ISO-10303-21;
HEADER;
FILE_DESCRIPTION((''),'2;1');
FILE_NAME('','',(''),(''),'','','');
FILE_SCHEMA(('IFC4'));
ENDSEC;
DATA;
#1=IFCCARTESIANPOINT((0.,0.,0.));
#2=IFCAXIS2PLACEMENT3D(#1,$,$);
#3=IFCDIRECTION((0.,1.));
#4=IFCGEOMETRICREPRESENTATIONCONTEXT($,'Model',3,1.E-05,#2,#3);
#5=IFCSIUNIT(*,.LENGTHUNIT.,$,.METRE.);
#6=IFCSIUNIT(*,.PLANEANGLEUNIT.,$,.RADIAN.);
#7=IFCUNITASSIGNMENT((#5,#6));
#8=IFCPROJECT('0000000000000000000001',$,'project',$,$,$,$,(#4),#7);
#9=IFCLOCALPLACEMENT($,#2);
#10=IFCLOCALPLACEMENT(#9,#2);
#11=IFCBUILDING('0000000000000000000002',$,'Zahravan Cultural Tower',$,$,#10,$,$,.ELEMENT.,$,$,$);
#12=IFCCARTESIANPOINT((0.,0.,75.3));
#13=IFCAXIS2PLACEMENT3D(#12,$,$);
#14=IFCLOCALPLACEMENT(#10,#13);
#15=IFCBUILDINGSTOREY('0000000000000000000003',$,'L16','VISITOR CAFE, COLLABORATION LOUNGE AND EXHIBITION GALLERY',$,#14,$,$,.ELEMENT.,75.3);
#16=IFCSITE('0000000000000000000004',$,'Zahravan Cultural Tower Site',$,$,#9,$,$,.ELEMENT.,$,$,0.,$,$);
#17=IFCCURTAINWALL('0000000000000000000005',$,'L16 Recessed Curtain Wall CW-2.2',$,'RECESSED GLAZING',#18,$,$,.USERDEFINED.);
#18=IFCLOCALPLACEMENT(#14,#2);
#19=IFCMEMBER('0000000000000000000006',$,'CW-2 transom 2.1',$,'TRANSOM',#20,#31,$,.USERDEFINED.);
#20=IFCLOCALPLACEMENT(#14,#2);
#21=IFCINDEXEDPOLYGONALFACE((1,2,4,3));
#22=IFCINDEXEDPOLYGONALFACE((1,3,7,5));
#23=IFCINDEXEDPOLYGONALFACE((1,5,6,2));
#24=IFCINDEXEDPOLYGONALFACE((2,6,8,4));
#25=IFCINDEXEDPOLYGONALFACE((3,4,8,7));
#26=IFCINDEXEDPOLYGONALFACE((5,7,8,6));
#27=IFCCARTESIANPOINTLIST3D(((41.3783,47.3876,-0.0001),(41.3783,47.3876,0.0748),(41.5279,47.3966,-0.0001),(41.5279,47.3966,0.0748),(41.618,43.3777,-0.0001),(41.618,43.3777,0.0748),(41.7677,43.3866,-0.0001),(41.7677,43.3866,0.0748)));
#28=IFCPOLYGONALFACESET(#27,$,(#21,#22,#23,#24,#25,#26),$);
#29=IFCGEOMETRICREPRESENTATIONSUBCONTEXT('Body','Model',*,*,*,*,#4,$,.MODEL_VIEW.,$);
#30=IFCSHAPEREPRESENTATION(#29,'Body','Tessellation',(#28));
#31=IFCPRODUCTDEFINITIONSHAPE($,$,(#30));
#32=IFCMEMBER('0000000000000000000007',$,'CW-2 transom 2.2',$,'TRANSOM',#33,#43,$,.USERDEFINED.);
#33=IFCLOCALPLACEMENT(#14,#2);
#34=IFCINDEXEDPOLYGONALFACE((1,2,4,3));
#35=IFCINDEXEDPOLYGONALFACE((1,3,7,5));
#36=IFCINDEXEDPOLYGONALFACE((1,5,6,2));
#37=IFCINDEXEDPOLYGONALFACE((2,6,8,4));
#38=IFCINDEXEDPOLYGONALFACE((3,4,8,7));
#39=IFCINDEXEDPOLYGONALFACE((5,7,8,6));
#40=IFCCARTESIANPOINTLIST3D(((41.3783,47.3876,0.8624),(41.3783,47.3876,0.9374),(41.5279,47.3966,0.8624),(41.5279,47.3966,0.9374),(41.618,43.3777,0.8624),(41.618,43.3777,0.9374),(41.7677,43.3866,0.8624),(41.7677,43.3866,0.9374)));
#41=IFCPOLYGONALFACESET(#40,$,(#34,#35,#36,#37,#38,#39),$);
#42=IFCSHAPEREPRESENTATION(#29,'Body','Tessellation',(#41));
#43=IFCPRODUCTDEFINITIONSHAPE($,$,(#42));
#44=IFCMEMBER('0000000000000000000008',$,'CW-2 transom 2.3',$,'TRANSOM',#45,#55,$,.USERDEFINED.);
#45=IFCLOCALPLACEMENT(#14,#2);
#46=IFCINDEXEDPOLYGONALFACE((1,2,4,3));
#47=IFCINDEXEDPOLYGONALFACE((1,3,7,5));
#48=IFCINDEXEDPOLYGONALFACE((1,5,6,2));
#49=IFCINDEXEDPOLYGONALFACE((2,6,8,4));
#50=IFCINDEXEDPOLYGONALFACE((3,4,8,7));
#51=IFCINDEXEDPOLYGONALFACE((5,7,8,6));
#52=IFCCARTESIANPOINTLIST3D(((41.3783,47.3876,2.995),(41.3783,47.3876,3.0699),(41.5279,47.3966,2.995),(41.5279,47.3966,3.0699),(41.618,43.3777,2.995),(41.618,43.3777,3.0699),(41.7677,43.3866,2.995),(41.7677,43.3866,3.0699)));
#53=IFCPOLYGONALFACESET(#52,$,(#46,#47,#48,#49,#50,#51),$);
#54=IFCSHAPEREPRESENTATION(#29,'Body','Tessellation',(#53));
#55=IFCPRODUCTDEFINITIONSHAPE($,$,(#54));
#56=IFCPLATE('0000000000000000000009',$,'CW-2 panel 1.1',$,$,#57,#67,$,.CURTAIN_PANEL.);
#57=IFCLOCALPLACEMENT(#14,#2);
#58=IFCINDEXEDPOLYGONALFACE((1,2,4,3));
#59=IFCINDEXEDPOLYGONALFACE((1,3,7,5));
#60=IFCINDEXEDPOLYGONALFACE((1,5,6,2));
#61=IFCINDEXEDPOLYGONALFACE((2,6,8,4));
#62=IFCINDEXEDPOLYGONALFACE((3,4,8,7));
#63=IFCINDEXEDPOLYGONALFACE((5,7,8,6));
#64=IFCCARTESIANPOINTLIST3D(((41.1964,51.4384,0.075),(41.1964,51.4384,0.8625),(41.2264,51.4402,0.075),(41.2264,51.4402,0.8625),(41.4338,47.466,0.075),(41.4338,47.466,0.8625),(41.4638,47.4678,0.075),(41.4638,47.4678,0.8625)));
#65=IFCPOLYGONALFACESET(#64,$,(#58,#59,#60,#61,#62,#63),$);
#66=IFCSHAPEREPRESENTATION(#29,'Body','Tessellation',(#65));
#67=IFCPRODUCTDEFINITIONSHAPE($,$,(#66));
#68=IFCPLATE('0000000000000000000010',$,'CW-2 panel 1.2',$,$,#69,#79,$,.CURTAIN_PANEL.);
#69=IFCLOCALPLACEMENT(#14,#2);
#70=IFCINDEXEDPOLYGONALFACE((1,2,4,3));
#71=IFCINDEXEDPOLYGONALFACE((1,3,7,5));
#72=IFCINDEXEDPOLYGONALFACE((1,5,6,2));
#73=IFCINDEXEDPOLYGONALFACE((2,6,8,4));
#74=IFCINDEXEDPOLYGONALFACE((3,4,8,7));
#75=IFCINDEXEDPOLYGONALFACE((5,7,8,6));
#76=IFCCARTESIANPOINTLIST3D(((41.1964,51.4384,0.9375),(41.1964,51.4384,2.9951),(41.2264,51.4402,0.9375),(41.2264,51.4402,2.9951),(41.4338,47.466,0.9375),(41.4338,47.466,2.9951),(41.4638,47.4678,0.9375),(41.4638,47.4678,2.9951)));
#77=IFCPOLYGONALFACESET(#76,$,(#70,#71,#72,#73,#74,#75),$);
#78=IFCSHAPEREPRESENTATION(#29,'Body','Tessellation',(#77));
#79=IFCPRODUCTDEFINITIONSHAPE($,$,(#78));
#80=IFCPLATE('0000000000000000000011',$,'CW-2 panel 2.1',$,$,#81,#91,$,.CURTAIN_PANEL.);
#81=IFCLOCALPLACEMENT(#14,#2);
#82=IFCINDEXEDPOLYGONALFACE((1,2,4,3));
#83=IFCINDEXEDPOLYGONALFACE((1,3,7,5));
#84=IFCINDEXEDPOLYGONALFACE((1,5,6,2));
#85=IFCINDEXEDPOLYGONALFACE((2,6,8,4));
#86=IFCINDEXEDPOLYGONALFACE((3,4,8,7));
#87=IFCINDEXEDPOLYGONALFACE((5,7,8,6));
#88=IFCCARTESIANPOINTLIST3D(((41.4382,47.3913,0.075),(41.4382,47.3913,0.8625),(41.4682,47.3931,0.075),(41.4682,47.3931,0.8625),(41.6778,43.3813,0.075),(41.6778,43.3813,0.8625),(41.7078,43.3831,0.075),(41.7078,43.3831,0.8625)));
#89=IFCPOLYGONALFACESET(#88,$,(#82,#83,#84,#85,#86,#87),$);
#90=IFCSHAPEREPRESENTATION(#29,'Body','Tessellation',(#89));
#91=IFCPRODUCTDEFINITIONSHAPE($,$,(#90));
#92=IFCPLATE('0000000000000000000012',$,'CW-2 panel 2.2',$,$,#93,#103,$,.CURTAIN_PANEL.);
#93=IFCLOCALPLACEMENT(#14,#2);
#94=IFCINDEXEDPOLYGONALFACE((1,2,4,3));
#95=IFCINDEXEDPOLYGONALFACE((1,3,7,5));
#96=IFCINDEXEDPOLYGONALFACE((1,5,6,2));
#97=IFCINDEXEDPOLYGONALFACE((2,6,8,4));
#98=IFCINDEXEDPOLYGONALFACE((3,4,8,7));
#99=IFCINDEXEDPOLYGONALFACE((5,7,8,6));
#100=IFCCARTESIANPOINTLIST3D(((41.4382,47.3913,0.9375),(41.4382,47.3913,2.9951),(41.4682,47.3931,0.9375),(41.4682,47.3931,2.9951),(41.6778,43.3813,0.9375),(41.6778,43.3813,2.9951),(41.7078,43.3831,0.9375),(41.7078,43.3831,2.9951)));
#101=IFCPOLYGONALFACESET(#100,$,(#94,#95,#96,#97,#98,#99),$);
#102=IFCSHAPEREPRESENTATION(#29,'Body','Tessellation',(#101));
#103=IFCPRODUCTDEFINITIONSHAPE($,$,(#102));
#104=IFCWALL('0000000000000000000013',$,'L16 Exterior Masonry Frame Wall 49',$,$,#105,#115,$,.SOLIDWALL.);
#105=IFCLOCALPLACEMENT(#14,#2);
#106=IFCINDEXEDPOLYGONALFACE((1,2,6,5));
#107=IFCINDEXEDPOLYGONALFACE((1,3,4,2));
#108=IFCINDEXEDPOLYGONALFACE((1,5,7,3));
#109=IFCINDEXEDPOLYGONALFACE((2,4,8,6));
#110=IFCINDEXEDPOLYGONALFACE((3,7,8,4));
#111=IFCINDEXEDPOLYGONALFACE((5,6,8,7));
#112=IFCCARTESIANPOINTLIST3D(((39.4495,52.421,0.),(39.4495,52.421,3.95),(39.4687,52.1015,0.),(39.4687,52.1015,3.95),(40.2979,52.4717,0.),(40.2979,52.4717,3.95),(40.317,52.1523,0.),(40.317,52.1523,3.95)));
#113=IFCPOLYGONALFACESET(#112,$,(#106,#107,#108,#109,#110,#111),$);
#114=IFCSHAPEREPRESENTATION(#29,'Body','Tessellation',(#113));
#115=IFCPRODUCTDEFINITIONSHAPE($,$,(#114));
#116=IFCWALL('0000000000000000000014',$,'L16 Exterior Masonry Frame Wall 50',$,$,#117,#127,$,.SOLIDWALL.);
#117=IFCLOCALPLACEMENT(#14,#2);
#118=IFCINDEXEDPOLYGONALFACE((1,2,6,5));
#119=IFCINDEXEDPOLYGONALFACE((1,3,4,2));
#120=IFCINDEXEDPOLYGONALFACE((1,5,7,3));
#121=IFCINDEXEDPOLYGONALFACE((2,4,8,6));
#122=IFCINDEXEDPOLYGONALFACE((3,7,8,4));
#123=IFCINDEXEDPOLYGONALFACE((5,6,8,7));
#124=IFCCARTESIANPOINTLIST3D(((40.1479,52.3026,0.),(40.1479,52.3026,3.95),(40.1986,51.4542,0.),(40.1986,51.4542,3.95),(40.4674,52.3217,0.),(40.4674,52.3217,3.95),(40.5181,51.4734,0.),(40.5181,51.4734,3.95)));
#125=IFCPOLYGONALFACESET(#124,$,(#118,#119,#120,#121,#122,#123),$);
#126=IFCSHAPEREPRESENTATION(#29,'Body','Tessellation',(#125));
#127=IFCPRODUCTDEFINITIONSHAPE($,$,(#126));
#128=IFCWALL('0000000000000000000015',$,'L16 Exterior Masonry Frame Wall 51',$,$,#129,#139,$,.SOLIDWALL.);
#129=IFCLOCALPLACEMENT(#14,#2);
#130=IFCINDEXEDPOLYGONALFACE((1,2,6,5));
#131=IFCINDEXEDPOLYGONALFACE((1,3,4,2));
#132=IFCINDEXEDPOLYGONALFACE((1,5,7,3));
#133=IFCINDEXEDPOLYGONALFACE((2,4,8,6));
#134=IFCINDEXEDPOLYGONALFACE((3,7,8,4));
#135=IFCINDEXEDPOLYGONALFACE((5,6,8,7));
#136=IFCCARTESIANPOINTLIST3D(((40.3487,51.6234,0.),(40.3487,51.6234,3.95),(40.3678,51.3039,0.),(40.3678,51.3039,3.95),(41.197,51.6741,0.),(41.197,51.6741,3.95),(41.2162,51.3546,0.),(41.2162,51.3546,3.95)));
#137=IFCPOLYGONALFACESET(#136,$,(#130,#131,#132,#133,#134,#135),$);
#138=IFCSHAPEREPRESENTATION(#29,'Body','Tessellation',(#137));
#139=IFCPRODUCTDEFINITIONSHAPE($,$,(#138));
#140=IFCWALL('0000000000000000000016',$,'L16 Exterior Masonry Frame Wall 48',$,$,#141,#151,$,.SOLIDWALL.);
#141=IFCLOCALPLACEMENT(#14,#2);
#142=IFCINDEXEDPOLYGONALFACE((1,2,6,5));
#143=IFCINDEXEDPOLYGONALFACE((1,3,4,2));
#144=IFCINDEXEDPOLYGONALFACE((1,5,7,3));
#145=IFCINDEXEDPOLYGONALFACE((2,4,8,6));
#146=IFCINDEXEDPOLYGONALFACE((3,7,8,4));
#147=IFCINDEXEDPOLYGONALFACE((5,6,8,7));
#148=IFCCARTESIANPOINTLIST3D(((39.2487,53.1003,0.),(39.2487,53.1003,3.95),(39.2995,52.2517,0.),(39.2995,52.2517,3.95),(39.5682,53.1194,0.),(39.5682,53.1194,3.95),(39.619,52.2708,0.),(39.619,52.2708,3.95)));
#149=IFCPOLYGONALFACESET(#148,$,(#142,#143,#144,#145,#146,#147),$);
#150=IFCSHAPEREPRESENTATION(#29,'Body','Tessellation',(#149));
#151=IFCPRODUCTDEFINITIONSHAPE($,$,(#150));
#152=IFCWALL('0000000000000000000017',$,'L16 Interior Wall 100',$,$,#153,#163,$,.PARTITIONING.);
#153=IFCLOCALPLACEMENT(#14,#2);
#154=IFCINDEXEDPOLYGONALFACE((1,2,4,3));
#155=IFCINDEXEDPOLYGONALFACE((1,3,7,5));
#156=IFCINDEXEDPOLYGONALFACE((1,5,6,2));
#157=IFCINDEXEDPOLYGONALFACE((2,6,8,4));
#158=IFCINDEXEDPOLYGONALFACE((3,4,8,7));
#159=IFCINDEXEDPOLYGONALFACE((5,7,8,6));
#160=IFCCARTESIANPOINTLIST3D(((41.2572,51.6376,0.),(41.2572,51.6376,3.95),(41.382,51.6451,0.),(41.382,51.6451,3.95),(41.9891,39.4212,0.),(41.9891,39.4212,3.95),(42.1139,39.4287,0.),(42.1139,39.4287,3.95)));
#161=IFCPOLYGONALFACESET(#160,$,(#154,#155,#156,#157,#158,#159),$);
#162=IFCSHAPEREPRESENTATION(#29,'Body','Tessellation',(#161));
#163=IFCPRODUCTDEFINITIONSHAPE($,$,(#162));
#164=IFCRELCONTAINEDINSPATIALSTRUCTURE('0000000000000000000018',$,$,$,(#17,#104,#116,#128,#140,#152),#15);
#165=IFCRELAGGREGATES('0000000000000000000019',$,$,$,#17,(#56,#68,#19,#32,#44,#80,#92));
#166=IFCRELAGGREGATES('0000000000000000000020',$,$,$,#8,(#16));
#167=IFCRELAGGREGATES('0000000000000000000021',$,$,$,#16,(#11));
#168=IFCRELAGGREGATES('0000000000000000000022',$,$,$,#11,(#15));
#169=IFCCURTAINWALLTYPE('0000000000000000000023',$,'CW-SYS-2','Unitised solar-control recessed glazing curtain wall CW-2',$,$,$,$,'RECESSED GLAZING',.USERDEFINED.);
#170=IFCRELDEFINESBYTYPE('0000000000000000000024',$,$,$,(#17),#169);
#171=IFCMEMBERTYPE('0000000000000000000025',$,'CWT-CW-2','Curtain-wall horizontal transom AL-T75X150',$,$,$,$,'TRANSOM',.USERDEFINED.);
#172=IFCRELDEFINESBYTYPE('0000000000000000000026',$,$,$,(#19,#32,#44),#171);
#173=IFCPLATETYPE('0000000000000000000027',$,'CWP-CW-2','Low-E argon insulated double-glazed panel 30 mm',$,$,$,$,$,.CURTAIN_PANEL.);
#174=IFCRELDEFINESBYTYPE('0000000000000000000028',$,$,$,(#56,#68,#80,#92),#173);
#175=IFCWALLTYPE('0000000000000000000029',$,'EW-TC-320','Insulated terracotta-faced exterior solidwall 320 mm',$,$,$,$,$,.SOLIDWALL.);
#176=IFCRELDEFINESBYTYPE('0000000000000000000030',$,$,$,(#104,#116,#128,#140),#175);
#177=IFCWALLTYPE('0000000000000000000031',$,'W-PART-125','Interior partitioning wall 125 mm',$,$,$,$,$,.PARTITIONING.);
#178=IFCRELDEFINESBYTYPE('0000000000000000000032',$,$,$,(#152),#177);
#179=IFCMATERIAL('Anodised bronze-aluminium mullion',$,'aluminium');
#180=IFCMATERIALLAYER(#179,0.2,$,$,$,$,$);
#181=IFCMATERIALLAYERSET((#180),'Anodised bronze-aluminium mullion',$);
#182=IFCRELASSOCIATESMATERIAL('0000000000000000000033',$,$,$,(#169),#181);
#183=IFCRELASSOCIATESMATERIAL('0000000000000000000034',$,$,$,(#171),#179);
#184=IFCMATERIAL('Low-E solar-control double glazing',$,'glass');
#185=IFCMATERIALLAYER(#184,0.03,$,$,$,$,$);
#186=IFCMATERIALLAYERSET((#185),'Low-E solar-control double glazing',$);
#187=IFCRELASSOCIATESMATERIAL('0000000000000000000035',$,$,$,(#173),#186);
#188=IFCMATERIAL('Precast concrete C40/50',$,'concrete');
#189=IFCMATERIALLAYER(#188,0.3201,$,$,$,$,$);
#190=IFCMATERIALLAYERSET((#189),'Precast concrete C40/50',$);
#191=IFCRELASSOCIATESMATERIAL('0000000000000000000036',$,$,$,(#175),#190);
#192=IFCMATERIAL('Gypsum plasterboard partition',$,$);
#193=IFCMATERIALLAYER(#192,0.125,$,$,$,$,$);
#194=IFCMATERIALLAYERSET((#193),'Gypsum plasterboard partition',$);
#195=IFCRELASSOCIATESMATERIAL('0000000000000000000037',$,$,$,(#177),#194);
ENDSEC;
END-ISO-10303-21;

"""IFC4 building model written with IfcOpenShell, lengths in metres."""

from ifc_helpers import new_model, si_unit, direction, frame, frame_2d, origin, origin_2d, place, context, subcontext, project, spatial, rectangle, extrude, source, transform, mapped, material, layer, layer_set, material_profile, profile_set, type_object, element, aggregate, save


model = new_model("IFC4")

# Units and contexts
model_context = context("Model", 3, precision=1e-05, world=origin(), true_north=direction((0.0, 1.0)))
body_context = subcontext(model_context, "Body", "Model", "MODEL_VIEW")
ifc_project = project(units=[si_unit("LENGTHUNIT", "METRE"), si_unit("PLANEANGLEUNIT", "RADIAN")], contexts=[model_context])

# Site, building, storey
site_placement = place(None, origin())
site = spatial("IfcSite", under=ifc_project, at=site_placement, Name="Zahravan Cultural Tower Site", CompositionType="ELEMENT", RefElevation=0.0)
building_placement = place(site_placement, origin())
building = spatial("IfcBuilding", under=site, at=building_placement, Name="Zahravan Cultural Tower", CompositionType="ELEMENT")
storey_placement = place(building_placement, frame((0.0, 0.0, 75.3)))
storey = spatial("IfcBuildingStorey", under=building, at=storey_placement, Name="L16", Description="VISITOR CAFE, COLLABORATION LOUNGE AND EXHIBITION GALLERY", CompositionType="ELEMENT", Elevation=75.3)

# Curtain wall, members, plates
ifc_material_1 = material(Name="Anodised bronze-aluminium mullion", Category="aluminium")
ifc_layer_1 = layer(ifc_material_1, 0.2)
ifc_layer_set_1 = layer_set([ifc_layer_1], Name="Anodised bronze-aluminium mullion")
curtain_wall_type = type_object("IfcCurtainWallType", Name="CW-SYS-2", Description="Unitised solar-control recessed glazing curtain wall CW-2", ElementType="RECESSED GLAZING", PredefinedType="USERDEFINED", material=ifc_layer_set_1)
curtain_wall_placement = place(storey_placement, origin())
curtain_wall = element("IfcCurtainWall", 1, at=curtain_wall_placement, inside=storey, type_object=curtain_wall_type, Name="L16 Recessed Curtain Wall CW-2.2", ObjectType="RECESSED GLAZING", PredefinedType="USERDEFINED")
ifc_material_profile_1 = material_profile(ifc_material_1, rectangle(XDim=0.1499, YDim=0.075, at=origin_2d()), Name="AL-T75X150")
ifc_profile_set_1 = profile_set([ifc_material_profile_1], Name="Anodised bronze-aluminium mullion")
member_type_1 = type_object("IfcMemberType", Name="CWT-CW-2", Description="Curtain-wall horizontal transom AL-T75X150", ElementType="TRANSOM", PredefinedType="USERDEFINED", material=ifc_profile_set_1)
shared_shape_1 = source(origin(), body_context, "Body", "SweptSolid", [
    extrude(rectangle(XDim=0.1499, YDim=0.075, at=origin_2d()), origin(), (0.0, 0.0, 1.0), 4.0171),
])
member_1_placement = place(storey_placement, frame((41.4531, 47.3921, 0.0374), z_axis=(0.05968, -0.998218, 0.0), x_axis=(0.998218, 0.05968, 0.0)))
member_1 = element("IfcMember", 2, at=member_1_placement, type_object=member_type_1, Name="CW-2 transom 2.1", ObjectType="TRANSOM", PredefinedType="USERDEFINED", context=body_context, shape_type="MappedRepresentation", body=[
    mapped(shared_shape_1, transform((0.0, 0.0, 0.0), x_axis=(1.0, 0.0, 0.0), y_axis=(0.0, 1.0, 0.0), z_axis=(0.0, 0.0, 1.0), scale=1.0)),
])
member_2_placement = place(storey_placement, frame((41.4531, 47.3921, 0.8999), z_axis=(0.05968, -0.998218, 0.0), x_axis=(0.998218, 0.05968, 0.0)))
member_2 = element("IfcMember", 3, at=member_2_placement, type_object=member_type_1, Name="CW-2 transom 2.2", ObjectType="TRANSOM", PredefinedType="USERDEFINED", context=body_context, shape_type="MappedRepresentation", body=[
    mapped(shared_shape_1, transform((0.0, 0.0, 0.0), x_axis=(1.0, 0.0, 0.0), y_axis=(0.0, 1.0, 0.0), z_axis=(0.0, 0.0, 1.0), scale=1.0)),
])
member_3_placement = place(storey_placement, frame((41.4531, 47.3921, 3.0325), z_axis=(0.05968, -0.998218, 0.0), x_axis=(0.998218, 0.05968, 0.0)))
member_3 = element("IfcMember", 4, at=member_3_placement, type_object=member_type_1, Name="CW-2 transom 2.3", ObjectType="TRANSOM", PredefinedType="USERDEFINED", context=body_context, shape_type="MappedRepresentation", body=[
    mapped(shared_shape_1, transform((0.0, 0.0, 0.0), x_axis=(1.0, 0.0, 0.0), y_axis=(0.0, 1.0, 0.0), z_axis=(0.0, 0.0, 1.0), scale=1.0)),
])
ifc_material_2 = material(Name="Low-E solar-control double glazing", Category="glass")
ifc_layer_2 = layer(ifc_material_2, 0.03)
ifc_layer_set_2 = layer_set([ifc_layer_2], Name="Low-E solar-control double glazing")
plate_type = type_object("IfcPlateType", Name="CWP-CW-2", Description="Low-E argon insulated double-glazed panel 30 mm", PredefinedType="CURTAIN_PANEL", material=ifc_layer_set_2)
shared_shape_2 = source(origin(), body_context, "Body", "SweptSolid", [
    extrude(rectangle(XDim=3.9795, YDim=0.03, at=origin_2d()), origin(), (0.0, 0.0, 1.0), 0.7876),
])
plate_1_placement = place(storey_placement, frame((41.3301, 49.4531, 0.075), z_axis=(0.0, 0.0, 1.0), x_axis=(0.059652, -0.998219, 0.0)))
plate_1 = element("IfcPlate", 5, at=plate_1_placement, type_object=plate_type, Name="CW-2 panel 1.1", PredefinedType="CURTAIN_PANEL", context=body_context, shape_type="MappedRepresentation", body=[
    mapped(shared_shape_2, transform((0.0, 0.0, 0.0), x_axis=(1.0, 0.0, 0.0), y_axis=(0.0, 1.0, 0.0), z_axis=(0.0, 0.0, 1.0), scale=1.0)),
])
shared_shape_3 = source(origin(), body_context, "Body", "SweptSolid", [
    extrude(rectangle(XDim=3.9795, YDim=0.03, at=origin_2d()), origin(), (0.0, 0.0, 1.0), 2.0576),
])
plate_2_placement = place(storey_placement, frame((41.3301, 49.4531, 0.9375), z_axis=(0.0, 0.0, 1.0), x_axis=(0.059652, -0.998219, 0.0)))
plate_2 = element("IfcPlate", 6, at=plate_2_placement, type_object=plate_type, Name="CW-2 panel 1.2", PredefinedType="CURTAIN_PANEL", context=body_context, shape_type="MappedRepresentation", body=[
    mapped(shared_shape_3, transform((0.0, 0.0, 0.0), x_axis=(1.0, 0.0, 0.0), y_axis=(0.0, 1.0, 0.0), z_axis=(0.0, 0.0, 1.0), scale=1.0)),
])
shared_shape_4 = source(origin(), body_context, "Body", "SweptSolid", [
    extrude(rectangle(XDim=4.0171, YDim=0.03, at=origin_2d()), origin(), (0.0, 0.0, 1.0), 0.7876),
])
plate_3_placement = place(storey_placement, frame((41.573, 45.3872, 0.075), z_axis=(0.0, 0.0, 1.0), x_axis=(0.059652, -0.998219, 0.0)))
plate_3 = element("IfcPlate", 7, at=plate_3_placement, type_object=plate_type, Name="CW-2 panel 2.1", PredefinedType="CURTAIN_PANEL", context=body_context, shape_type="MappedRepresentation", body=[
    mapped(shared_shape_4, transform((0.0, 0.0, 0.0), x_axis=(1.0, 0.0, 0.0), y_axis=(0.0, 1.0, 0.0), z_axis=(0.0, 0.0, 1.0), scale=1.0)),
])
shared_shape_5 = source(origin(), body_context, "Body", "SweptSolid", [
    extrude(rectangle(XDim=4.0171, YDim=0.03, at=origin_2d()), origin(), (0.0, 0.0, 1.0), 2.0576),
])
plate_4_placement = place(storey_placement, frame((41.573, 45.3872, 0.9375), z_axis=(0.0, 0.0, 1.0), x_axis=(0.059652, -0.998219, 0.0)))
plate_4 = element("IfcPlate", 8, at=plate_4_placement, type_object=plate_type, Name="CW-2 panel 2.2", PredefinedType="CURTAIN_PANEL", context=body_context, shape_type="MappedRepresentation", body=[
    mapped(shared_shape_5, transform((0.0, 0.0, 0.0), x_axis=(1.0, 0.0, 0.0), y_axis=(0.0, 1.0, 0.0), z_axis=(0.0, 0.0, 1.0), scale=1.0)),
])
aggregate(curtain_wall, [plate_1, plate_2, member_1, member_2, member_3, plate_3, plate_4])

# Walls
ifc_material_3 = material(Name="Precast concrete C40/50", Category="concrete")
ifc_layer_3 = layer(ifc_material_3, 0.3201)
ifc_layer_set_3 = layer_set([ifc_layer_3], Name="Precast concrete C40/50")
wall_type_1 = type_object("IfcWallType", Name="EW-TC-320", Description="Insulated terracotta-faced exterior solidwall 320 mm", PredefinedType="SOLIDWALL", material=ifc_layer_set_3)
shared_shape_6 = source(origin(), body_context, "Body", "SweptSolid", [
    extrude(rectangle(XDim=0.8499, YDim=0.3201, at=frame_2d((0.4248, 0.0))), origin(), (0.0, 0.0, 1.0), 3.95),
])
for number, where, z_axis, x_axis, name in (
    (9, (39.4592, 52.2612, 0.0), (0.0, 0.0, 1.0), (0.998213, 0.059749, 0.0), "L16 Exterior Masonry Frame Wall 49"),
    (10, (40.3076, 52.312, 0.0), (0.0, 0.0, 1.0), (0.059749, -0.998213, 0.0), "L16 Exterior Masonry Frame Wall 50"),
    (11, (40.3584, 51.4636, 0.0), (0.0, 0.0, 1.0), (0.998213, 0.059749, 0.0), "L16 Exterior Masonry Frame Wall 51"),
):
    element("IfcWall", number, at=place(storey_placement, frame(where, z_axis=z_axis, x_axis=x_axis)), inside=storey, type_object=wall_type_1, Name=name, PredefinedType="SOLIDWALL", context=body_context, shape_type="MappedRepresentation", body=[
        mapped(shared_shape_6, transform((0.0, 0.0, 0.0), x_axis=(1.0, 0.0, 0.0), y_axis=(0.0, 1.0, 0.0), z_axis=(0.0, 0.0, 1.0), scale=1.0)),
    ])
shared_shape_7 = source(origin(), body_context, "Body", "SweptSolid", [
    extrude(rectangle(XDim=0.8501, YDim=0.3201, at=frame_2d((0.425, 0.0))), origin(), (0.0, 0.0, 1.0), 3.95),
])
wall_1_placement = place(storey_placement, frame((39.4084, 53.1099, 0.0), z_axis=(0.0, 0.0, 1.0), x_axis=(0.059732, -0.998214, 0.0)))
element("IfcWall", 12, at=wall_1_placement, inside=storey, type_object=wall_type_1, Name="L16 Exterior Masonry Frame Wall 48", PredefinedType="SOLIDWALL", context=body_context, shape_type="MappedRepresentation", body=[
    mapped(shared_shape_7, transform((0.0, 0.0, 0.0), x_axis=(1.0, 0.0, 0.0), y_axis=(0.0, 1.0, 0.0), z_axis=(0.0, 0.0, 1.0), scale=1.0)),
])
ifc_material_4 = material(Name="Gypsum plasterboard partition")
ifc_layer_4 = layer(ifc_material_4, 0.125)
ifc_layer_set_4 = layer_set([ifc_layer_4], Name="Gypsum plasterboard partition")
wall_type_2 = type_object("IfcWallType", Name="W-PART-125", Description="Interior partitioning wall 125 mm", PredefinedType="PARTITIONING", material=ifc_layer_set_4)
shared_shape_8 = source(origin(), body_context, "Body", "SweptSolid", [
    extrude(rectangle(XDim=12.2383, YDim=0.125, at=frame_2d((6.1191, 0.0))), origin(), (0.0, 0.0, 1.0), 3.95),
])
wall_2_placement = place(storey_placement, frame((41.3196, 51.6414, 0.0), z_axis=(0.0, 0.0, 1.0), x_axis=(0.059807, -0.99821, 0.0)))
element("IfcWall", 13, at=wall_2_placement, inside=storey, type_object=wall_type_2, Name="L16 Interior Wall 100", PredefinedType="PARTITIONING", context=body_context, shape_type="MappedRepresentation", body=[
    mapped(shared_shape_8, transform((0.0, 0.0, 0.0), x_axis=(1.0, 0.0, 0.0), y_axis=(0.0, 1.0, 0.0), z_axis=(0.0, 0.0, 1.0), scale=1.0)),
])

save(model, "model.ifc")
